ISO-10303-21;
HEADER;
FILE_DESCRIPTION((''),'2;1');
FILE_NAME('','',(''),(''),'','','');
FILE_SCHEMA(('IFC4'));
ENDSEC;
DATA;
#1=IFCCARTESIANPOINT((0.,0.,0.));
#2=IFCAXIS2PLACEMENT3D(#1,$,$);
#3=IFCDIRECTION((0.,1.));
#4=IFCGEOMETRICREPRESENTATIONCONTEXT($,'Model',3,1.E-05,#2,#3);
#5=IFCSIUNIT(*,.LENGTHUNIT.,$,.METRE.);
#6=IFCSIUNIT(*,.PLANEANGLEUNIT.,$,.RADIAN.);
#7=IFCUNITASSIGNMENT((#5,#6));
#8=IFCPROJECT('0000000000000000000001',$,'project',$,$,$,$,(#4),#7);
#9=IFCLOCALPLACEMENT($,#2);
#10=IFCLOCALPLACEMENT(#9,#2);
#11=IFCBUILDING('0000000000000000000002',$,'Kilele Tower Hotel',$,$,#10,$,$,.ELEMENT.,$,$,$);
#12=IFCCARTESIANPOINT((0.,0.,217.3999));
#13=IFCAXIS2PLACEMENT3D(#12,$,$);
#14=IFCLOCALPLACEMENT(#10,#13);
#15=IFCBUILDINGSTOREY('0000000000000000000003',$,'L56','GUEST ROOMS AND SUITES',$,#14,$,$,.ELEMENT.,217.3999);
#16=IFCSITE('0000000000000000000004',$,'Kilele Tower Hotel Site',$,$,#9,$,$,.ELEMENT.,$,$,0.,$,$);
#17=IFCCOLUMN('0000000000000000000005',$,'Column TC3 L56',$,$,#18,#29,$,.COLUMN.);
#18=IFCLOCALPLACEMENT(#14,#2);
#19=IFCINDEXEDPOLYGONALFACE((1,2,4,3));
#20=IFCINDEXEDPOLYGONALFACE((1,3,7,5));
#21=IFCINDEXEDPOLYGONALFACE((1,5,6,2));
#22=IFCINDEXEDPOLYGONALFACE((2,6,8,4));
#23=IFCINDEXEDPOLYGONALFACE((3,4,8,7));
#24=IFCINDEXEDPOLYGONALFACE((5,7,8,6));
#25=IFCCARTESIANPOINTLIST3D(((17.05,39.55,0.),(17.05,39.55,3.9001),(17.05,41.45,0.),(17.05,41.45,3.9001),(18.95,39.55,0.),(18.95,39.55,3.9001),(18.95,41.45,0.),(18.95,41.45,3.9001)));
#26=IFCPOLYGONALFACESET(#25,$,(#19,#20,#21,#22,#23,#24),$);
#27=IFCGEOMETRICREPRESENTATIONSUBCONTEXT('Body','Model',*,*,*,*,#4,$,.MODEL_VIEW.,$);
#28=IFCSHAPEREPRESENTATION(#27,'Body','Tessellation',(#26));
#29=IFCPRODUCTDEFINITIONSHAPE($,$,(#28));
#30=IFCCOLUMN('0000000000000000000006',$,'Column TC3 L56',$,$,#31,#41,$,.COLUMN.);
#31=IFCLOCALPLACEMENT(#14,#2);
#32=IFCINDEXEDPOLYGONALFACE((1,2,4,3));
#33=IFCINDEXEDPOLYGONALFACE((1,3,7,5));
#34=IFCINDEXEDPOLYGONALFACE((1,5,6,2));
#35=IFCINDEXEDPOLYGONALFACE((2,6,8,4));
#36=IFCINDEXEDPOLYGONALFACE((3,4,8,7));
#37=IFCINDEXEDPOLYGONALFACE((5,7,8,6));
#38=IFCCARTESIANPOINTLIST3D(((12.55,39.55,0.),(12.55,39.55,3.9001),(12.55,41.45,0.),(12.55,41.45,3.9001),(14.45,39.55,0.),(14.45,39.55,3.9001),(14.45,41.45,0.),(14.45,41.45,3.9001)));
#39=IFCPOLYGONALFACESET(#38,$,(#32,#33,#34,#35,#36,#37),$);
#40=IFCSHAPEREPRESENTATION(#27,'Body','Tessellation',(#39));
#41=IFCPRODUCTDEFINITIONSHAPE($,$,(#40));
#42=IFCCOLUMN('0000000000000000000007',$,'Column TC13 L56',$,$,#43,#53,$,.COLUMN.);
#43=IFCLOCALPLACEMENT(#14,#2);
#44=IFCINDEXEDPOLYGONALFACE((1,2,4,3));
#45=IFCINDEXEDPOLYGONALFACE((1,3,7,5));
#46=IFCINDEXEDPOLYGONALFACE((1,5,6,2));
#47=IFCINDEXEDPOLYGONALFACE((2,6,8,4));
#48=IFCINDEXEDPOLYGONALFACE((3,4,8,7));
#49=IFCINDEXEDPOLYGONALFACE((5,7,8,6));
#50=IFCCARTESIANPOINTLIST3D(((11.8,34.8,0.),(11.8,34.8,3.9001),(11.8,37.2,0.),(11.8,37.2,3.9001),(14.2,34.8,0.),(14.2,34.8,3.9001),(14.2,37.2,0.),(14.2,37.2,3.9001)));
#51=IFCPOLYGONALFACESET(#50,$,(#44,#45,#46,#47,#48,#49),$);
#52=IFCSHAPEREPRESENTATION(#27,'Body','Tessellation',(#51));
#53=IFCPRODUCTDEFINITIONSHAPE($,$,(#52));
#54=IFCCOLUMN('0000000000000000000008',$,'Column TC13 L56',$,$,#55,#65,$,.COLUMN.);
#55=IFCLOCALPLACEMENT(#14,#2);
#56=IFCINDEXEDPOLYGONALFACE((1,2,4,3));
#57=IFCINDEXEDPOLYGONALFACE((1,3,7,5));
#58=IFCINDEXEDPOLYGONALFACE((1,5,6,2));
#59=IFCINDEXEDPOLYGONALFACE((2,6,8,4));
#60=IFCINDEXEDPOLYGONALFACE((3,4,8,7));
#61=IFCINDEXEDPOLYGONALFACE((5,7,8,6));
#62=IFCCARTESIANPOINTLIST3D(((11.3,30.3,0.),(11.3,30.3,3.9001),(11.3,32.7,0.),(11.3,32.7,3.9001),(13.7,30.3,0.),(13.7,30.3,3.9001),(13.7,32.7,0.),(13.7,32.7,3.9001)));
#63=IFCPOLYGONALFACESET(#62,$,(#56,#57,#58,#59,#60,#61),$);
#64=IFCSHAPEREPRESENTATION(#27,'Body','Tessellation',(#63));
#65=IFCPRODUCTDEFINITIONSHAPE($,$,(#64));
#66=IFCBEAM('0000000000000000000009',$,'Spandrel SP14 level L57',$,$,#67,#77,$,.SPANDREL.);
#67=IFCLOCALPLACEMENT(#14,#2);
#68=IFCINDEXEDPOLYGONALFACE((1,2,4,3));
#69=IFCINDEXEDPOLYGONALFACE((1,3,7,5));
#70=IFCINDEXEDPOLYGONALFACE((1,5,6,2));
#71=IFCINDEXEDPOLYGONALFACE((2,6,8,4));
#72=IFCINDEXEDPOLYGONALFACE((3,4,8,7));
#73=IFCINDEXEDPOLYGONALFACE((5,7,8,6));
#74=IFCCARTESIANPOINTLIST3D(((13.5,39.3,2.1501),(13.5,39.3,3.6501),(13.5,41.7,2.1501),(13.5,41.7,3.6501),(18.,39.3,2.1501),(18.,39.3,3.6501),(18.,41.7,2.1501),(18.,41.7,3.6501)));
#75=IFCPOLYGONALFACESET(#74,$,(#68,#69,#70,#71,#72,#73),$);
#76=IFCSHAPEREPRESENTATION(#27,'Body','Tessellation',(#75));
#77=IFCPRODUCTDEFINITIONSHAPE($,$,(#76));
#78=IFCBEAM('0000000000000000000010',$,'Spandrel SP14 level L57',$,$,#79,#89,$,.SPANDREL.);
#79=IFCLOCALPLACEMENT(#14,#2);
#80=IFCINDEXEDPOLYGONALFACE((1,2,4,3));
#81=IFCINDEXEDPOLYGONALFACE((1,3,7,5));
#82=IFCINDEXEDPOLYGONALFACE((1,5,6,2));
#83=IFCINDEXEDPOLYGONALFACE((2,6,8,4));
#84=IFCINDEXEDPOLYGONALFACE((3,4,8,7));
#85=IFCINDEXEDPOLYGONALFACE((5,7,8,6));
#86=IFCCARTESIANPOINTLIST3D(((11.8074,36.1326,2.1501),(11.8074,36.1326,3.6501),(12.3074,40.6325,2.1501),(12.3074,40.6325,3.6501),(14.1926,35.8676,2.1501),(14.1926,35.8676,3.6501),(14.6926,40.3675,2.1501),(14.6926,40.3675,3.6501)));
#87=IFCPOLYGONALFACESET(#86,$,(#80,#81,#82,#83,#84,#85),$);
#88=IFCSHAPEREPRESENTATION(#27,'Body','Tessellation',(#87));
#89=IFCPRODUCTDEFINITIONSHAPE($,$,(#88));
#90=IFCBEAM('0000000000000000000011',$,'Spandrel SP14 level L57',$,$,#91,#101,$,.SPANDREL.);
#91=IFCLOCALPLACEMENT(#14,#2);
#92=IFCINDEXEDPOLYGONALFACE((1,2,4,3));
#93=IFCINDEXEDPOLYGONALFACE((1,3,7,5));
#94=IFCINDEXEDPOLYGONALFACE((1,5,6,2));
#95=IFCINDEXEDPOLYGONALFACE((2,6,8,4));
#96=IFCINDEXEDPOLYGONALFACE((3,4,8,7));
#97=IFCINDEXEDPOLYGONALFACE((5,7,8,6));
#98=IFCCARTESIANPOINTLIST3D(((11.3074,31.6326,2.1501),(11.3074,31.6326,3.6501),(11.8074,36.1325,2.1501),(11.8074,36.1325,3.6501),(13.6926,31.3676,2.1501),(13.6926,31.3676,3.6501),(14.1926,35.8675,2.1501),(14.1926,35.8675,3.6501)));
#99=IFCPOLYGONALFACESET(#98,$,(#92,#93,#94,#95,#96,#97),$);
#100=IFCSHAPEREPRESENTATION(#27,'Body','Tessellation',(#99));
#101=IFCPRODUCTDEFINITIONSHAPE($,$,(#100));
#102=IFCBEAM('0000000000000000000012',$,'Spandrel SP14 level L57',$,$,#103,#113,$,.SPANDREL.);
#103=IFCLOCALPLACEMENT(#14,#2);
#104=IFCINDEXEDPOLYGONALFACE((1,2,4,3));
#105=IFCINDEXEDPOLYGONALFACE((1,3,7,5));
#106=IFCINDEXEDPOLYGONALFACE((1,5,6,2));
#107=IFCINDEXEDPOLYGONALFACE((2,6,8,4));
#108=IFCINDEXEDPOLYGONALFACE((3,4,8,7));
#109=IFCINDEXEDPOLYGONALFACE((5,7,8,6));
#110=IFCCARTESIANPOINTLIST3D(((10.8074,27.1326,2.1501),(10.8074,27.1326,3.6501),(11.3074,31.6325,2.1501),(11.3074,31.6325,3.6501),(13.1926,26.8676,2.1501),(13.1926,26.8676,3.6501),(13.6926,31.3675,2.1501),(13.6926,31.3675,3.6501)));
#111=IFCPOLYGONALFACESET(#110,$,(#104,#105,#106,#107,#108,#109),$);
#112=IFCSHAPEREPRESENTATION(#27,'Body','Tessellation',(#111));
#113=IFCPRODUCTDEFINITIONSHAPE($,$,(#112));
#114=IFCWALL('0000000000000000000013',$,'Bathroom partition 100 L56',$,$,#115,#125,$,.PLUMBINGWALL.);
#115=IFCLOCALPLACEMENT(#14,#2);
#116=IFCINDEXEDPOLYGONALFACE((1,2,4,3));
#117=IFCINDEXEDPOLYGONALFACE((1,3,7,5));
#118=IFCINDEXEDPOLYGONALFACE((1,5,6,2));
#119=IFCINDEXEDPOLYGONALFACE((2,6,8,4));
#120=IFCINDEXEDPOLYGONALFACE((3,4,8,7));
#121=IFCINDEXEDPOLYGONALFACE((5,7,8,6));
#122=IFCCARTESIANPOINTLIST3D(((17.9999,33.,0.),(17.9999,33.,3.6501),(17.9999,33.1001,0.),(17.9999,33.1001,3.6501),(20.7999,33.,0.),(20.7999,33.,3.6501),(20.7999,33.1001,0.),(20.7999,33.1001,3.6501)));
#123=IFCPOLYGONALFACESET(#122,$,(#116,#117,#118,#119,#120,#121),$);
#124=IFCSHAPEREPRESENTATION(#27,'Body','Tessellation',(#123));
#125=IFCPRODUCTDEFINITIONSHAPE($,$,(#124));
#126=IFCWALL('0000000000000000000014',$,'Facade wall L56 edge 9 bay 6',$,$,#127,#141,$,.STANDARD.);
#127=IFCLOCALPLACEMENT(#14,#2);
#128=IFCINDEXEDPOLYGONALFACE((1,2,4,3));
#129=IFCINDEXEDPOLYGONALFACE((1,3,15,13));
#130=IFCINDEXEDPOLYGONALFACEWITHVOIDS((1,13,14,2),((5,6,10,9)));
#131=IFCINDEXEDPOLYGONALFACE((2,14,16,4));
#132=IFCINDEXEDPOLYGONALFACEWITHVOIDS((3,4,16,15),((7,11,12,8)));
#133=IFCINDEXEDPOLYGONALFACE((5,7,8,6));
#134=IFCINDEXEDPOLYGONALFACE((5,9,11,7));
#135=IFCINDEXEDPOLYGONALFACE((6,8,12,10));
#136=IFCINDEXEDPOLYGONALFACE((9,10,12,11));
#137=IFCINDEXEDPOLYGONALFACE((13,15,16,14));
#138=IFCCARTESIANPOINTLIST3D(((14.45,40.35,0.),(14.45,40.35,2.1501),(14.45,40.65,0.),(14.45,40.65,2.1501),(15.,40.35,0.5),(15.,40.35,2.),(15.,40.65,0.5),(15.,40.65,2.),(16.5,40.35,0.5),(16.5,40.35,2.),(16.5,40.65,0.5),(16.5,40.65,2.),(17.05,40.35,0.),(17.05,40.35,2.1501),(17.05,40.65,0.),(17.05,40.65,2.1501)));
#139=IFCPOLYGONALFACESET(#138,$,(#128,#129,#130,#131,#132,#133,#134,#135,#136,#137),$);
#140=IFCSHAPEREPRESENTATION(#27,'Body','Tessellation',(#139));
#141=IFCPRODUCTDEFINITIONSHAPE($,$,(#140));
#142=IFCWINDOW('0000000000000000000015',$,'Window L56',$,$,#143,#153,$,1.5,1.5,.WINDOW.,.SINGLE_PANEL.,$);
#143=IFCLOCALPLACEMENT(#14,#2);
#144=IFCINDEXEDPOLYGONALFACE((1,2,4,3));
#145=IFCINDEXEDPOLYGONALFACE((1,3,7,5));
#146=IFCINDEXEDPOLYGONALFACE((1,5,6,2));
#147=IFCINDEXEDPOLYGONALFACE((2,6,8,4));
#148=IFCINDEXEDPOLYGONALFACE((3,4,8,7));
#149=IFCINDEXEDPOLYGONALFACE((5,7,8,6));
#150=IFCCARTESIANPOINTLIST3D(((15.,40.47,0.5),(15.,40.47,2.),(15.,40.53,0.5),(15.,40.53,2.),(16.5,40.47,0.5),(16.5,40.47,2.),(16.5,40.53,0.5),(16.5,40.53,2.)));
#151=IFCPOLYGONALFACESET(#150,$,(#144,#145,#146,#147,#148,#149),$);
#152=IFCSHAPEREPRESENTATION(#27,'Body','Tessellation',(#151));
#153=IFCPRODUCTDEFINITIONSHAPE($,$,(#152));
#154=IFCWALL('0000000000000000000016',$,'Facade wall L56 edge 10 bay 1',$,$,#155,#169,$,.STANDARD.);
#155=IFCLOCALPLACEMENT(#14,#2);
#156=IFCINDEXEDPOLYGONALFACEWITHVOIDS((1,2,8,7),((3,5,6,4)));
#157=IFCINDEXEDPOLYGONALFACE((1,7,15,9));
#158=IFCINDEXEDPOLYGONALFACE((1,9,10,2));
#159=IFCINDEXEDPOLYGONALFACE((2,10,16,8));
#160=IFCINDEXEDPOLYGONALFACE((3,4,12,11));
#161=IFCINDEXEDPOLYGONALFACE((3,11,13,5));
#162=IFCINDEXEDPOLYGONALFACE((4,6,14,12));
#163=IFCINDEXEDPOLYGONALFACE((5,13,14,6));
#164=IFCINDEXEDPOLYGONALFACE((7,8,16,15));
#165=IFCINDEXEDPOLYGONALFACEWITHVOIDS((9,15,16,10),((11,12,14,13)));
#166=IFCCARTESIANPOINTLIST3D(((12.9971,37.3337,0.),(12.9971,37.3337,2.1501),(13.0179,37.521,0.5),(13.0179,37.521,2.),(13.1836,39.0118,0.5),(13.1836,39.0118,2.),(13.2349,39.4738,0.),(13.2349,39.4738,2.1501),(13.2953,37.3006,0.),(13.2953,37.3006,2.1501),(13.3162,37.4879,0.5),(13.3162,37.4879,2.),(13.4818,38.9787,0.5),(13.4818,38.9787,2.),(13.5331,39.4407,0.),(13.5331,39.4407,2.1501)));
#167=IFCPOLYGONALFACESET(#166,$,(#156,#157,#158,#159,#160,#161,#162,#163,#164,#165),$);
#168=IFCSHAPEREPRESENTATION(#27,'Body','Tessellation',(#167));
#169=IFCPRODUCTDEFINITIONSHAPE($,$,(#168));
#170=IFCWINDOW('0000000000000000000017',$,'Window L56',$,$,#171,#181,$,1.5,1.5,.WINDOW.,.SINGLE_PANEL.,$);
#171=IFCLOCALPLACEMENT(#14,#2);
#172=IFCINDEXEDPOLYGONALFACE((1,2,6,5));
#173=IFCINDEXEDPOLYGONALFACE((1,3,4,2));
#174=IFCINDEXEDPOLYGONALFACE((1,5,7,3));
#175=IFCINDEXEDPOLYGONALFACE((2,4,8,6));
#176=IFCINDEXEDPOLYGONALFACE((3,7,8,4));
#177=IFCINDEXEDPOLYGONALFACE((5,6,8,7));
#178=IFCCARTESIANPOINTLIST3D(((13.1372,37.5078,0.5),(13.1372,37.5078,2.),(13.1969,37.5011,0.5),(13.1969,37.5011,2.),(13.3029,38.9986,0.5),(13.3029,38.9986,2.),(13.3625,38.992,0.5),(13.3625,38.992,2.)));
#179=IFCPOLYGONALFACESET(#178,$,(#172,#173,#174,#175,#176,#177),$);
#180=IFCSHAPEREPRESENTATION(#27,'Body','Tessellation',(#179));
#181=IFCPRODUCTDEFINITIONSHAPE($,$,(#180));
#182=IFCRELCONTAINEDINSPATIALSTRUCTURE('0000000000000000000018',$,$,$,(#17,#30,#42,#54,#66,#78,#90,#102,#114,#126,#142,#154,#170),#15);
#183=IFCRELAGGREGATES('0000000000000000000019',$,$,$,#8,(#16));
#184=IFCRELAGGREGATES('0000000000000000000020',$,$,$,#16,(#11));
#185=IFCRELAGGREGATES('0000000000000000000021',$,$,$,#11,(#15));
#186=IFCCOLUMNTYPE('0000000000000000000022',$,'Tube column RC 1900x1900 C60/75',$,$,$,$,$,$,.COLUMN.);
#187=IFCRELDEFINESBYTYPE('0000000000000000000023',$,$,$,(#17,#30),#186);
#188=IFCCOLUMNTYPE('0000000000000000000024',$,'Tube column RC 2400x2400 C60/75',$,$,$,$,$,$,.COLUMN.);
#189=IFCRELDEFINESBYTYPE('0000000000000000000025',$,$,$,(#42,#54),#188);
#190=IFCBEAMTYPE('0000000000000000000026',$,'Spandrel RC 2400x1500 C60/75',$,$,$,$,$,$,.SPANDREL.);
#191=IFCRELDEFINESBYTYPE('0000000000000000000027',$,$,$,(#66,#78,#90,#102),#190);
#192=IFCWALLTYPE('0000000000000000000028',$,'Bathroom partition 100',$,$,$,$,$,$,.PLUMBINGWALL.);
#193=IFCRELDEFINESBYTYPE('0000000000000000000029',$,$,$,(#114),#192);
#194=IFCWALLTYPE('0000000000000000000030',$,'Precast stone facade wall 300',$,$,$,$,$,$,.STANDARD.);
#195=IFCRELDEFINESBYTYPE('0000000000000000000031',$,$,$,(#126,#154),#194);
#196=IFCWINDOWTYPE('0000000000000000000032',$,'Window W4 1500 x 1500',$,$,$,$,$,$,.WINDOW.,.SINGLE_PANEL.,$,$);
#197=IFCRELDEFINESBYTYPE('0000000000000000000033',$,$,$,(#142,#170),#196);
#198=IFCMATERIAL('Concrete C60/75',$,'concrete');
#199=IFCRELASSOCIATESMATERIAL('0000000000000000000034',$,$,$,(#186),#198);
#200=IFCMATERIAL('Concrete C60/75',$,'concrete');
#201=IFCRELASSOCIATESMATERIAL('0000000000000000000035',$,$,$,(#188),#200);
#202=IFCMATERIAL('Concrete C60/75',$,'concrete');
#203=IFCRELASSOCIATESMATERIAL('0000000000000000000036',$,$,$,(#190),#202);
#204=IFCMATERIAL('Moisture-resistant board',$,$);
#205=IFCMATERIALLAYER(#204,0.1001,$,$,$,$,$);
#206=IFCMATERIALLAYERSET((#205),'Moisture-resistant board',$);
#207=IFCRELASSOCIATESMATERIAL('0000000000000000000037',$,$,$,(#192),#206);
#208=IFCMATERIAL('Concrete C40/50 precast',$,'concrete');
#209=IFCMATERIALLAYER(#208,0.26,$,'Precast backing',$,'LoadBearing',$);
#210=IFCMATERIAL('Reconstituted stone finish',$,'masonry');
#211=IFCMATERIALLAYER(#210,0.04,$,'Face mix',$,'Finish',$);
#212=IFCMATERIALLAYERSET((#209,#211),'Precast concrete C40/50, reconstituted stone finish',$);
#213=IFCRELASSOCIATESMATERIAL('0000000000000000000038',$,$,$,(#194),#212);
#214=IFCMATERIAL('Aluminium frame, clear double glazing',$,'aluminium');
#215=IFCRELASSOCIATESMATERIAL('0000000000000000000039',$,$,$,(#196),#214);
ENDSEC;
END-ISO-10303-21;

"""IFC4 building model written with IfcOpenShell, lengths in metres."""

from ifc_helpers import new_model, si_unit, direction, frame, frame_2d, origin, origin_2d, place, context, subcontext, project, spatial, rectangle, extrude, material, layer, layer_set, material_profile, profile_set, type_object, element, fill, save


model = new_model("IFC4")

# Units and contexts
model_context = context("Model", 3, precision=1e-05, world=origin(), true_north=direction((0.0, 1.0)))
body_context = subcontext(model_context, "Body", "Model", "MODEL_VIEW")
ifc_project = project(units=[si_unit("LENGTHUNIT", "METRE"), si_unit("PLANEANGLEUNIT", "RADIAN")], contexts=[model_context])

# Site, building, storey
site_placement = place(None, origin())
site = spatial("IfcSite", under=ifc_project, at=site_placement, Name="Kilele Tower Hotel Site", CompositionType="ELEMENT", RefElevation=0.0)
building_placement = place(site_placement, origin())
building = spatial("IfcBuilding", under=site, at=building_placement, Name="Kilele Tower Hotel", CompositionType="ELEMENT")
storey_placement = place(building_placement, frame((0.0, 0.0, 217.3999)))
storey = spatial("IfcBuildingStorey", under=building, at=storey_placement, Name="L56", Description="GUEST ROOMS AND SUITES", CompositionType="ELEMENT", Elevation=217.3999)

# Columns
ifc_material_1 = material(Name="Concrete C60/75", Category="concrete")
ifc_material_profile_1 = material_profile(ifc_material_1, rectangle(XDim=1.8999, YDim=1.8999, at=origin_2d()))
ifc_profile_set_1 = profile_set([ifc_material_profile_1], Name="Concrete C60/75")
column_type_1 = type_object("IfcColumnType", Name="Tube column RC 1900x1900 C60/75", PredefinedType="COLUMN", material=ifc_profile_set_1)
for number, where, z_axis, x_axis, name in (
    (1, (18.0, 40.5, 0.0), (0.0, 0.0, 1.0), (1.0, 0.0, 0.0), "Column TC3 L56"),
    (2, (13.5, 40.5, 0.0), (0.0, 0.0, 1.0), (1.0, 0.0, 0.0), "Column TC3 L56"),
):
    element("IfcColumn", number, at=place(storey_placement, frame(where, z_axis=z_axis, x_axis=x_axis)), inside=storey, type_object=column_type_1, Name=name, PredefinedType="COLUMN", context=body_context, shape_type="SweptSolid", body=[
        extrude(rectangle(XDim=1.8999, YDim=1.8999, at=origin_2d()), origin(), (0.0, 0.0, 1.0), 3.9001),
    ])
ifc_material_2 = material(Name="Concrete C60/75", Category="concrete")
ifc_material_profile_2 = material_profile(ifc_material_2, rectangle(XDim=2.3999, YDim=2.3999, at=origin_2d()))
ifc_profile_set_2 = profile_set([ifc_material_profile_2], Name="Concrete C60/75")
column_type_2 = type_object("IfcColumnType", Name="Tube column RC 2400x2400 C60/75", PredefinedType="COLUMN", material=ifc_profile_set_2)
for number, where, z_axis, x_axis, name in (
    (3, (13.0, 36.0, 0.0), (0.0, 0.0, 1.0), (1.0, 0.0, 0.0), "Column TC13 L56"),
    (4, (12.5, 31.5, 0.0), (0.0, 0.0, 1.0), (1.0, 0.0, 0.0), "Column TC13 L56"),
):
    element("IfcColumn", number, at=place(storey_placement, frame(where, z_axis=z_axis, x_axis=x_axis)), inside=storey, type_object=column_type_2, Name=name, PredefinedType="COLUMN", context=body_context, shape_type="SweptSolid", body=[
        extrude(rectangle(XDim=2.3999, YDim=2.3999, at=origin_2d()), origin(), (0.0, 0.0, 1.0), 3.9001),
    ])

# Beams
ifc_material_3 = material(Name="Concrete C60/75", Category="concrete")
ifc_material_profile_3 = material_profile(ifc_material_3, rectangle(XDim=2.3999, YDim=1.5, at=origin_2d()))
ifc_profile_set_3 = profile_set([ifc_material_profile_3], Name="Concrete C60/75")
beam_type = type_object("IfcBeamType", Name="Spandrel RC 2400x1500 C60/75", PredefinedType="SPANDREL", material=ifc_profile_set_3)
beam_placement = place(storey_placement, frame((18.0, 40.5, 2.9001), z_axis=(-1.0, 0.0, 0.0), x_axis=(0.0, -1.0, 0.0)))
element("IfcBeam", 5, at=beam_placement, inside=storey, type_object=beam_type, Name="Spandrel SP14 level L57", PredefinedType="SPANDREL", context=body_context, shape_type="SweptSolid", body=[
    extrude(rectangle(XDim=2.3999, YDim=1.5, at=origin_2d()), origin(), (0.0, 0.0, 1.0), 4.5),
])
for number, where, z_axis, x_axis, name in (
    (6, (13.5, 40.5, 2.9001), (-0.110432, -0.993884, 0.0), (0.993884, -0.110432, 0.0), "Spandrel SP14 level L57"),
    (7, (13.0, 36.0, 2.9001), (-0.110432, -0.993884, 0.0), (0.993884, -0.110432, 0.0), "Spandrel SP14 level L57"),
    (8, (12.5, 31.5, 2.9001), (-0.110432, -0.993884, 0.0), (0.993884, -0.110432, 0.0), "Spandrel SP14 level L57"),
):
    element("IfcBeam", number, at=place(storey_placement, frame(where, z_axis=z_axis, x_axis=x_axis)), inside=storey, type_object=beam_type, Name=name, PredefinedType="SPANDREL", context=body_context, shape_type="SweptSolid", body=[
        extrude(rectangle(XDim=2.3999, YDim=1.5, at=origin_2d()), origin(), (0.0, 0.0, 1.0), 4.5276),
    ])

# Wall
ifc_material_4 = material(Name="Moisture-resistant board")
ifc_layer_1 = layer(ifc_material_4, 0.1001)
ifc_layer_set_1 = layer_set([ifc_layer_1], Name="Moisture-resistant board")
wall_type_1 = type_object("IfcWallType", Name="Bathroom partition 100", PredefinedType="PLUMBINGWALL", material=ifc_layer_set_1)
wall_1_placement = place(storey_placement, frame((18.0, 33.05, 0.0), z_axis=(0.0, 0.0, 1.0), x_axis=(1.0, 0.0, 0.0)))
element("IfcWall", 9, at=wall_1_placement, inside=storey, type_object=wall_type_1, Name="Bathroom partition 100 L56", PredefinedType="PLUMBINGWALL", context=body_context, shape_type="SweptSolid", body=[
    extrude(rectangle(XDim=2.8, YDim=0.1001, at=frame_2d((1.3999, 0.0))), origin(), (0.0, 0.0, 1.0), 3.6501),
])

# Walls, openings, windows
ifc_material_5 = material(Name="Concrete C40/50 precast", Category="concrete")
ifc_layer_2 = layer(ifc_material_5, 0.26, Name="Precast backing", Category="LoadBearing")
ifc_material_6 = material(Name="Reconstituted stone finish", Category="masonry")
ifc_layer_3 = layer(ifc_material_6, 0.04, Name="Face mix", Category="Finish")
ifc_layer_set_2 = layer_set([ifc_layer_2, ifc_layer_3], Name="Precast concrete C40/50, reconstituted stone finish")
wall_type_2 = type_object("IfcWallType", Name="Precast stone facade wall 300", PredefinedType="STANDARD", material=ifc_layer_set_2)
wall_2_placement = place(storey_placement, frame((17.05, 40.5, 0.0), z_axis=(0.0, 0.0, 1.0), x_axis=(-1.0, 0.0, 0.0)))
wall_2 = element("IfcWall", 10, at=wall_2_placement, inside=storey, type_object=wall_type_2, Name="Facade wall L56 edge 9 bay 6", PredefinedType="STANDARD", context=body_context, shape_type="SweptSolid", body=[
    extrude(rectangle(XDim=2.6001, YDim=0.3, at=frame_2d((1.3, 0.0))), origin(), (0.0, 0.0, 1.0), 2.1501),
])
opening_1_placement = place(wall_2_placement, frame((0.55, 0.0, 0.5)))
opening_1 = element("IfcOpeningElement", 11, at=opening_1_placement, cuts=wall_2, PredefinedType="OPENING", context=body_context, shape_type="SweptSolid", body=[
    extrude(rectangle(XDim=1.5, YDim=1.5, at=frame_2d((0.75, 0.75))), frame((0.0, 0.1599, 0.0), z_axis=(0.0, -1.0, 0.0), x_axis=(1.0, 0.0, 0.0)), (0.0, 0.0, 1.0), 0.3201),
])
ifc_material_7 = material(Name="Aluminium frame, clear double glazing", Category="aluminium")
window_type = type_object("IfcWindowType", Name="Window W4 1500 x 1500", PartitioningType="SINGLE_PANEL", PredefinedType="WINDOW", material=ifc_material_7)
window_1_placement = place(opening_1_placement, origin())
window_1 = element("IfcWindow", 12, at=window_1_placement, inside=storey, type_object=window_type, Name="Window L56", OverallHeight=1.5, OverallWidth=1.5, PartitioningType="SINGLE_PANEL", PredefinedType="WINDOW", context=body_context, shape_type="SweptSolid", body=[
    extrude(rectangle(XDim=1.5, YDim=1.5, at=frame_2d((0.75, 0.75))), frame((0.0, 0.03, 0.0), z_axis=(0.0, -1.0, 0.0), x_axis=(1.0, 0.0, 0.0)), (0.0, 0.0, 1.0), 0.0601),
])
fill(opening_1, window_1)
wall_3_placement = place(storey_placement, frame((13.384, 39.4573, 0.0), z_axis=(0.0, 0.0, 1.0), x_axis=(-0.110432, -0.993884, 0.0)))
wall_3 = element("IfcWall", 13, at=wall_3_placement, inside=storey, type_object=wall_type_2, Name="Facade wall L56 edge 10 bay 1", PredefinedType="STANDARD", context=body_context, shape_type="SweptSolid", body=[
    extrude(rectangle(XDim=2.1533, YDim=0.3, at=frame_2d((1.0767, 0.0))), origin(), (0.0, 0.0, 1.0), 2.1501),
])
opening_2_placement = place(wall_3_placement, frame((0.4648, 0.0, 0.5)))
opening_2 = element("IfcOpeningElement", 14, at=opening_2_placement, cuts=wall_3, PredefinedType="OPENING", context=body_context, shape_type="SweptSolid", body=[
    extrude(rectangle(XDim=1.5, YDim=1.5, at=frame_2d((0.75, 0.75))), frame((0.0, 0.1599, 0.0), z_axis=(0.0, -1.0, 0.0), x_axis=(1.0, 0.0, 0.0)), (0.0, 0.0, 1.0), 0.3201),
])
window_2_placement = place(opening_2_placement, origin())
window_2 = element("IfcWindow", 15, at=window_2_placement, inside=storey, type_object=window_type, Name="Window L56", OverallHeight=1.5, OverallWidth=1.5, PartitioningType="SINGLE_PANEL", PredefinedType="WINDOW", context=body_context, shape_type="SweptSolid", body=[
    extrude(rectangle(XDim=1.5, YDim=1.5, at=frame_2d((0.75, 0.75))), frame((0.0, 0.03, 0.0), z_axis=(0.0, -1.0, 0.0), x_axis=(1.0, 0.0, 0.0)), (0.0, 0.0, 1.0), 0.0601),
])
fill(opening_2, window_2)

save(model, "model.ifc")
